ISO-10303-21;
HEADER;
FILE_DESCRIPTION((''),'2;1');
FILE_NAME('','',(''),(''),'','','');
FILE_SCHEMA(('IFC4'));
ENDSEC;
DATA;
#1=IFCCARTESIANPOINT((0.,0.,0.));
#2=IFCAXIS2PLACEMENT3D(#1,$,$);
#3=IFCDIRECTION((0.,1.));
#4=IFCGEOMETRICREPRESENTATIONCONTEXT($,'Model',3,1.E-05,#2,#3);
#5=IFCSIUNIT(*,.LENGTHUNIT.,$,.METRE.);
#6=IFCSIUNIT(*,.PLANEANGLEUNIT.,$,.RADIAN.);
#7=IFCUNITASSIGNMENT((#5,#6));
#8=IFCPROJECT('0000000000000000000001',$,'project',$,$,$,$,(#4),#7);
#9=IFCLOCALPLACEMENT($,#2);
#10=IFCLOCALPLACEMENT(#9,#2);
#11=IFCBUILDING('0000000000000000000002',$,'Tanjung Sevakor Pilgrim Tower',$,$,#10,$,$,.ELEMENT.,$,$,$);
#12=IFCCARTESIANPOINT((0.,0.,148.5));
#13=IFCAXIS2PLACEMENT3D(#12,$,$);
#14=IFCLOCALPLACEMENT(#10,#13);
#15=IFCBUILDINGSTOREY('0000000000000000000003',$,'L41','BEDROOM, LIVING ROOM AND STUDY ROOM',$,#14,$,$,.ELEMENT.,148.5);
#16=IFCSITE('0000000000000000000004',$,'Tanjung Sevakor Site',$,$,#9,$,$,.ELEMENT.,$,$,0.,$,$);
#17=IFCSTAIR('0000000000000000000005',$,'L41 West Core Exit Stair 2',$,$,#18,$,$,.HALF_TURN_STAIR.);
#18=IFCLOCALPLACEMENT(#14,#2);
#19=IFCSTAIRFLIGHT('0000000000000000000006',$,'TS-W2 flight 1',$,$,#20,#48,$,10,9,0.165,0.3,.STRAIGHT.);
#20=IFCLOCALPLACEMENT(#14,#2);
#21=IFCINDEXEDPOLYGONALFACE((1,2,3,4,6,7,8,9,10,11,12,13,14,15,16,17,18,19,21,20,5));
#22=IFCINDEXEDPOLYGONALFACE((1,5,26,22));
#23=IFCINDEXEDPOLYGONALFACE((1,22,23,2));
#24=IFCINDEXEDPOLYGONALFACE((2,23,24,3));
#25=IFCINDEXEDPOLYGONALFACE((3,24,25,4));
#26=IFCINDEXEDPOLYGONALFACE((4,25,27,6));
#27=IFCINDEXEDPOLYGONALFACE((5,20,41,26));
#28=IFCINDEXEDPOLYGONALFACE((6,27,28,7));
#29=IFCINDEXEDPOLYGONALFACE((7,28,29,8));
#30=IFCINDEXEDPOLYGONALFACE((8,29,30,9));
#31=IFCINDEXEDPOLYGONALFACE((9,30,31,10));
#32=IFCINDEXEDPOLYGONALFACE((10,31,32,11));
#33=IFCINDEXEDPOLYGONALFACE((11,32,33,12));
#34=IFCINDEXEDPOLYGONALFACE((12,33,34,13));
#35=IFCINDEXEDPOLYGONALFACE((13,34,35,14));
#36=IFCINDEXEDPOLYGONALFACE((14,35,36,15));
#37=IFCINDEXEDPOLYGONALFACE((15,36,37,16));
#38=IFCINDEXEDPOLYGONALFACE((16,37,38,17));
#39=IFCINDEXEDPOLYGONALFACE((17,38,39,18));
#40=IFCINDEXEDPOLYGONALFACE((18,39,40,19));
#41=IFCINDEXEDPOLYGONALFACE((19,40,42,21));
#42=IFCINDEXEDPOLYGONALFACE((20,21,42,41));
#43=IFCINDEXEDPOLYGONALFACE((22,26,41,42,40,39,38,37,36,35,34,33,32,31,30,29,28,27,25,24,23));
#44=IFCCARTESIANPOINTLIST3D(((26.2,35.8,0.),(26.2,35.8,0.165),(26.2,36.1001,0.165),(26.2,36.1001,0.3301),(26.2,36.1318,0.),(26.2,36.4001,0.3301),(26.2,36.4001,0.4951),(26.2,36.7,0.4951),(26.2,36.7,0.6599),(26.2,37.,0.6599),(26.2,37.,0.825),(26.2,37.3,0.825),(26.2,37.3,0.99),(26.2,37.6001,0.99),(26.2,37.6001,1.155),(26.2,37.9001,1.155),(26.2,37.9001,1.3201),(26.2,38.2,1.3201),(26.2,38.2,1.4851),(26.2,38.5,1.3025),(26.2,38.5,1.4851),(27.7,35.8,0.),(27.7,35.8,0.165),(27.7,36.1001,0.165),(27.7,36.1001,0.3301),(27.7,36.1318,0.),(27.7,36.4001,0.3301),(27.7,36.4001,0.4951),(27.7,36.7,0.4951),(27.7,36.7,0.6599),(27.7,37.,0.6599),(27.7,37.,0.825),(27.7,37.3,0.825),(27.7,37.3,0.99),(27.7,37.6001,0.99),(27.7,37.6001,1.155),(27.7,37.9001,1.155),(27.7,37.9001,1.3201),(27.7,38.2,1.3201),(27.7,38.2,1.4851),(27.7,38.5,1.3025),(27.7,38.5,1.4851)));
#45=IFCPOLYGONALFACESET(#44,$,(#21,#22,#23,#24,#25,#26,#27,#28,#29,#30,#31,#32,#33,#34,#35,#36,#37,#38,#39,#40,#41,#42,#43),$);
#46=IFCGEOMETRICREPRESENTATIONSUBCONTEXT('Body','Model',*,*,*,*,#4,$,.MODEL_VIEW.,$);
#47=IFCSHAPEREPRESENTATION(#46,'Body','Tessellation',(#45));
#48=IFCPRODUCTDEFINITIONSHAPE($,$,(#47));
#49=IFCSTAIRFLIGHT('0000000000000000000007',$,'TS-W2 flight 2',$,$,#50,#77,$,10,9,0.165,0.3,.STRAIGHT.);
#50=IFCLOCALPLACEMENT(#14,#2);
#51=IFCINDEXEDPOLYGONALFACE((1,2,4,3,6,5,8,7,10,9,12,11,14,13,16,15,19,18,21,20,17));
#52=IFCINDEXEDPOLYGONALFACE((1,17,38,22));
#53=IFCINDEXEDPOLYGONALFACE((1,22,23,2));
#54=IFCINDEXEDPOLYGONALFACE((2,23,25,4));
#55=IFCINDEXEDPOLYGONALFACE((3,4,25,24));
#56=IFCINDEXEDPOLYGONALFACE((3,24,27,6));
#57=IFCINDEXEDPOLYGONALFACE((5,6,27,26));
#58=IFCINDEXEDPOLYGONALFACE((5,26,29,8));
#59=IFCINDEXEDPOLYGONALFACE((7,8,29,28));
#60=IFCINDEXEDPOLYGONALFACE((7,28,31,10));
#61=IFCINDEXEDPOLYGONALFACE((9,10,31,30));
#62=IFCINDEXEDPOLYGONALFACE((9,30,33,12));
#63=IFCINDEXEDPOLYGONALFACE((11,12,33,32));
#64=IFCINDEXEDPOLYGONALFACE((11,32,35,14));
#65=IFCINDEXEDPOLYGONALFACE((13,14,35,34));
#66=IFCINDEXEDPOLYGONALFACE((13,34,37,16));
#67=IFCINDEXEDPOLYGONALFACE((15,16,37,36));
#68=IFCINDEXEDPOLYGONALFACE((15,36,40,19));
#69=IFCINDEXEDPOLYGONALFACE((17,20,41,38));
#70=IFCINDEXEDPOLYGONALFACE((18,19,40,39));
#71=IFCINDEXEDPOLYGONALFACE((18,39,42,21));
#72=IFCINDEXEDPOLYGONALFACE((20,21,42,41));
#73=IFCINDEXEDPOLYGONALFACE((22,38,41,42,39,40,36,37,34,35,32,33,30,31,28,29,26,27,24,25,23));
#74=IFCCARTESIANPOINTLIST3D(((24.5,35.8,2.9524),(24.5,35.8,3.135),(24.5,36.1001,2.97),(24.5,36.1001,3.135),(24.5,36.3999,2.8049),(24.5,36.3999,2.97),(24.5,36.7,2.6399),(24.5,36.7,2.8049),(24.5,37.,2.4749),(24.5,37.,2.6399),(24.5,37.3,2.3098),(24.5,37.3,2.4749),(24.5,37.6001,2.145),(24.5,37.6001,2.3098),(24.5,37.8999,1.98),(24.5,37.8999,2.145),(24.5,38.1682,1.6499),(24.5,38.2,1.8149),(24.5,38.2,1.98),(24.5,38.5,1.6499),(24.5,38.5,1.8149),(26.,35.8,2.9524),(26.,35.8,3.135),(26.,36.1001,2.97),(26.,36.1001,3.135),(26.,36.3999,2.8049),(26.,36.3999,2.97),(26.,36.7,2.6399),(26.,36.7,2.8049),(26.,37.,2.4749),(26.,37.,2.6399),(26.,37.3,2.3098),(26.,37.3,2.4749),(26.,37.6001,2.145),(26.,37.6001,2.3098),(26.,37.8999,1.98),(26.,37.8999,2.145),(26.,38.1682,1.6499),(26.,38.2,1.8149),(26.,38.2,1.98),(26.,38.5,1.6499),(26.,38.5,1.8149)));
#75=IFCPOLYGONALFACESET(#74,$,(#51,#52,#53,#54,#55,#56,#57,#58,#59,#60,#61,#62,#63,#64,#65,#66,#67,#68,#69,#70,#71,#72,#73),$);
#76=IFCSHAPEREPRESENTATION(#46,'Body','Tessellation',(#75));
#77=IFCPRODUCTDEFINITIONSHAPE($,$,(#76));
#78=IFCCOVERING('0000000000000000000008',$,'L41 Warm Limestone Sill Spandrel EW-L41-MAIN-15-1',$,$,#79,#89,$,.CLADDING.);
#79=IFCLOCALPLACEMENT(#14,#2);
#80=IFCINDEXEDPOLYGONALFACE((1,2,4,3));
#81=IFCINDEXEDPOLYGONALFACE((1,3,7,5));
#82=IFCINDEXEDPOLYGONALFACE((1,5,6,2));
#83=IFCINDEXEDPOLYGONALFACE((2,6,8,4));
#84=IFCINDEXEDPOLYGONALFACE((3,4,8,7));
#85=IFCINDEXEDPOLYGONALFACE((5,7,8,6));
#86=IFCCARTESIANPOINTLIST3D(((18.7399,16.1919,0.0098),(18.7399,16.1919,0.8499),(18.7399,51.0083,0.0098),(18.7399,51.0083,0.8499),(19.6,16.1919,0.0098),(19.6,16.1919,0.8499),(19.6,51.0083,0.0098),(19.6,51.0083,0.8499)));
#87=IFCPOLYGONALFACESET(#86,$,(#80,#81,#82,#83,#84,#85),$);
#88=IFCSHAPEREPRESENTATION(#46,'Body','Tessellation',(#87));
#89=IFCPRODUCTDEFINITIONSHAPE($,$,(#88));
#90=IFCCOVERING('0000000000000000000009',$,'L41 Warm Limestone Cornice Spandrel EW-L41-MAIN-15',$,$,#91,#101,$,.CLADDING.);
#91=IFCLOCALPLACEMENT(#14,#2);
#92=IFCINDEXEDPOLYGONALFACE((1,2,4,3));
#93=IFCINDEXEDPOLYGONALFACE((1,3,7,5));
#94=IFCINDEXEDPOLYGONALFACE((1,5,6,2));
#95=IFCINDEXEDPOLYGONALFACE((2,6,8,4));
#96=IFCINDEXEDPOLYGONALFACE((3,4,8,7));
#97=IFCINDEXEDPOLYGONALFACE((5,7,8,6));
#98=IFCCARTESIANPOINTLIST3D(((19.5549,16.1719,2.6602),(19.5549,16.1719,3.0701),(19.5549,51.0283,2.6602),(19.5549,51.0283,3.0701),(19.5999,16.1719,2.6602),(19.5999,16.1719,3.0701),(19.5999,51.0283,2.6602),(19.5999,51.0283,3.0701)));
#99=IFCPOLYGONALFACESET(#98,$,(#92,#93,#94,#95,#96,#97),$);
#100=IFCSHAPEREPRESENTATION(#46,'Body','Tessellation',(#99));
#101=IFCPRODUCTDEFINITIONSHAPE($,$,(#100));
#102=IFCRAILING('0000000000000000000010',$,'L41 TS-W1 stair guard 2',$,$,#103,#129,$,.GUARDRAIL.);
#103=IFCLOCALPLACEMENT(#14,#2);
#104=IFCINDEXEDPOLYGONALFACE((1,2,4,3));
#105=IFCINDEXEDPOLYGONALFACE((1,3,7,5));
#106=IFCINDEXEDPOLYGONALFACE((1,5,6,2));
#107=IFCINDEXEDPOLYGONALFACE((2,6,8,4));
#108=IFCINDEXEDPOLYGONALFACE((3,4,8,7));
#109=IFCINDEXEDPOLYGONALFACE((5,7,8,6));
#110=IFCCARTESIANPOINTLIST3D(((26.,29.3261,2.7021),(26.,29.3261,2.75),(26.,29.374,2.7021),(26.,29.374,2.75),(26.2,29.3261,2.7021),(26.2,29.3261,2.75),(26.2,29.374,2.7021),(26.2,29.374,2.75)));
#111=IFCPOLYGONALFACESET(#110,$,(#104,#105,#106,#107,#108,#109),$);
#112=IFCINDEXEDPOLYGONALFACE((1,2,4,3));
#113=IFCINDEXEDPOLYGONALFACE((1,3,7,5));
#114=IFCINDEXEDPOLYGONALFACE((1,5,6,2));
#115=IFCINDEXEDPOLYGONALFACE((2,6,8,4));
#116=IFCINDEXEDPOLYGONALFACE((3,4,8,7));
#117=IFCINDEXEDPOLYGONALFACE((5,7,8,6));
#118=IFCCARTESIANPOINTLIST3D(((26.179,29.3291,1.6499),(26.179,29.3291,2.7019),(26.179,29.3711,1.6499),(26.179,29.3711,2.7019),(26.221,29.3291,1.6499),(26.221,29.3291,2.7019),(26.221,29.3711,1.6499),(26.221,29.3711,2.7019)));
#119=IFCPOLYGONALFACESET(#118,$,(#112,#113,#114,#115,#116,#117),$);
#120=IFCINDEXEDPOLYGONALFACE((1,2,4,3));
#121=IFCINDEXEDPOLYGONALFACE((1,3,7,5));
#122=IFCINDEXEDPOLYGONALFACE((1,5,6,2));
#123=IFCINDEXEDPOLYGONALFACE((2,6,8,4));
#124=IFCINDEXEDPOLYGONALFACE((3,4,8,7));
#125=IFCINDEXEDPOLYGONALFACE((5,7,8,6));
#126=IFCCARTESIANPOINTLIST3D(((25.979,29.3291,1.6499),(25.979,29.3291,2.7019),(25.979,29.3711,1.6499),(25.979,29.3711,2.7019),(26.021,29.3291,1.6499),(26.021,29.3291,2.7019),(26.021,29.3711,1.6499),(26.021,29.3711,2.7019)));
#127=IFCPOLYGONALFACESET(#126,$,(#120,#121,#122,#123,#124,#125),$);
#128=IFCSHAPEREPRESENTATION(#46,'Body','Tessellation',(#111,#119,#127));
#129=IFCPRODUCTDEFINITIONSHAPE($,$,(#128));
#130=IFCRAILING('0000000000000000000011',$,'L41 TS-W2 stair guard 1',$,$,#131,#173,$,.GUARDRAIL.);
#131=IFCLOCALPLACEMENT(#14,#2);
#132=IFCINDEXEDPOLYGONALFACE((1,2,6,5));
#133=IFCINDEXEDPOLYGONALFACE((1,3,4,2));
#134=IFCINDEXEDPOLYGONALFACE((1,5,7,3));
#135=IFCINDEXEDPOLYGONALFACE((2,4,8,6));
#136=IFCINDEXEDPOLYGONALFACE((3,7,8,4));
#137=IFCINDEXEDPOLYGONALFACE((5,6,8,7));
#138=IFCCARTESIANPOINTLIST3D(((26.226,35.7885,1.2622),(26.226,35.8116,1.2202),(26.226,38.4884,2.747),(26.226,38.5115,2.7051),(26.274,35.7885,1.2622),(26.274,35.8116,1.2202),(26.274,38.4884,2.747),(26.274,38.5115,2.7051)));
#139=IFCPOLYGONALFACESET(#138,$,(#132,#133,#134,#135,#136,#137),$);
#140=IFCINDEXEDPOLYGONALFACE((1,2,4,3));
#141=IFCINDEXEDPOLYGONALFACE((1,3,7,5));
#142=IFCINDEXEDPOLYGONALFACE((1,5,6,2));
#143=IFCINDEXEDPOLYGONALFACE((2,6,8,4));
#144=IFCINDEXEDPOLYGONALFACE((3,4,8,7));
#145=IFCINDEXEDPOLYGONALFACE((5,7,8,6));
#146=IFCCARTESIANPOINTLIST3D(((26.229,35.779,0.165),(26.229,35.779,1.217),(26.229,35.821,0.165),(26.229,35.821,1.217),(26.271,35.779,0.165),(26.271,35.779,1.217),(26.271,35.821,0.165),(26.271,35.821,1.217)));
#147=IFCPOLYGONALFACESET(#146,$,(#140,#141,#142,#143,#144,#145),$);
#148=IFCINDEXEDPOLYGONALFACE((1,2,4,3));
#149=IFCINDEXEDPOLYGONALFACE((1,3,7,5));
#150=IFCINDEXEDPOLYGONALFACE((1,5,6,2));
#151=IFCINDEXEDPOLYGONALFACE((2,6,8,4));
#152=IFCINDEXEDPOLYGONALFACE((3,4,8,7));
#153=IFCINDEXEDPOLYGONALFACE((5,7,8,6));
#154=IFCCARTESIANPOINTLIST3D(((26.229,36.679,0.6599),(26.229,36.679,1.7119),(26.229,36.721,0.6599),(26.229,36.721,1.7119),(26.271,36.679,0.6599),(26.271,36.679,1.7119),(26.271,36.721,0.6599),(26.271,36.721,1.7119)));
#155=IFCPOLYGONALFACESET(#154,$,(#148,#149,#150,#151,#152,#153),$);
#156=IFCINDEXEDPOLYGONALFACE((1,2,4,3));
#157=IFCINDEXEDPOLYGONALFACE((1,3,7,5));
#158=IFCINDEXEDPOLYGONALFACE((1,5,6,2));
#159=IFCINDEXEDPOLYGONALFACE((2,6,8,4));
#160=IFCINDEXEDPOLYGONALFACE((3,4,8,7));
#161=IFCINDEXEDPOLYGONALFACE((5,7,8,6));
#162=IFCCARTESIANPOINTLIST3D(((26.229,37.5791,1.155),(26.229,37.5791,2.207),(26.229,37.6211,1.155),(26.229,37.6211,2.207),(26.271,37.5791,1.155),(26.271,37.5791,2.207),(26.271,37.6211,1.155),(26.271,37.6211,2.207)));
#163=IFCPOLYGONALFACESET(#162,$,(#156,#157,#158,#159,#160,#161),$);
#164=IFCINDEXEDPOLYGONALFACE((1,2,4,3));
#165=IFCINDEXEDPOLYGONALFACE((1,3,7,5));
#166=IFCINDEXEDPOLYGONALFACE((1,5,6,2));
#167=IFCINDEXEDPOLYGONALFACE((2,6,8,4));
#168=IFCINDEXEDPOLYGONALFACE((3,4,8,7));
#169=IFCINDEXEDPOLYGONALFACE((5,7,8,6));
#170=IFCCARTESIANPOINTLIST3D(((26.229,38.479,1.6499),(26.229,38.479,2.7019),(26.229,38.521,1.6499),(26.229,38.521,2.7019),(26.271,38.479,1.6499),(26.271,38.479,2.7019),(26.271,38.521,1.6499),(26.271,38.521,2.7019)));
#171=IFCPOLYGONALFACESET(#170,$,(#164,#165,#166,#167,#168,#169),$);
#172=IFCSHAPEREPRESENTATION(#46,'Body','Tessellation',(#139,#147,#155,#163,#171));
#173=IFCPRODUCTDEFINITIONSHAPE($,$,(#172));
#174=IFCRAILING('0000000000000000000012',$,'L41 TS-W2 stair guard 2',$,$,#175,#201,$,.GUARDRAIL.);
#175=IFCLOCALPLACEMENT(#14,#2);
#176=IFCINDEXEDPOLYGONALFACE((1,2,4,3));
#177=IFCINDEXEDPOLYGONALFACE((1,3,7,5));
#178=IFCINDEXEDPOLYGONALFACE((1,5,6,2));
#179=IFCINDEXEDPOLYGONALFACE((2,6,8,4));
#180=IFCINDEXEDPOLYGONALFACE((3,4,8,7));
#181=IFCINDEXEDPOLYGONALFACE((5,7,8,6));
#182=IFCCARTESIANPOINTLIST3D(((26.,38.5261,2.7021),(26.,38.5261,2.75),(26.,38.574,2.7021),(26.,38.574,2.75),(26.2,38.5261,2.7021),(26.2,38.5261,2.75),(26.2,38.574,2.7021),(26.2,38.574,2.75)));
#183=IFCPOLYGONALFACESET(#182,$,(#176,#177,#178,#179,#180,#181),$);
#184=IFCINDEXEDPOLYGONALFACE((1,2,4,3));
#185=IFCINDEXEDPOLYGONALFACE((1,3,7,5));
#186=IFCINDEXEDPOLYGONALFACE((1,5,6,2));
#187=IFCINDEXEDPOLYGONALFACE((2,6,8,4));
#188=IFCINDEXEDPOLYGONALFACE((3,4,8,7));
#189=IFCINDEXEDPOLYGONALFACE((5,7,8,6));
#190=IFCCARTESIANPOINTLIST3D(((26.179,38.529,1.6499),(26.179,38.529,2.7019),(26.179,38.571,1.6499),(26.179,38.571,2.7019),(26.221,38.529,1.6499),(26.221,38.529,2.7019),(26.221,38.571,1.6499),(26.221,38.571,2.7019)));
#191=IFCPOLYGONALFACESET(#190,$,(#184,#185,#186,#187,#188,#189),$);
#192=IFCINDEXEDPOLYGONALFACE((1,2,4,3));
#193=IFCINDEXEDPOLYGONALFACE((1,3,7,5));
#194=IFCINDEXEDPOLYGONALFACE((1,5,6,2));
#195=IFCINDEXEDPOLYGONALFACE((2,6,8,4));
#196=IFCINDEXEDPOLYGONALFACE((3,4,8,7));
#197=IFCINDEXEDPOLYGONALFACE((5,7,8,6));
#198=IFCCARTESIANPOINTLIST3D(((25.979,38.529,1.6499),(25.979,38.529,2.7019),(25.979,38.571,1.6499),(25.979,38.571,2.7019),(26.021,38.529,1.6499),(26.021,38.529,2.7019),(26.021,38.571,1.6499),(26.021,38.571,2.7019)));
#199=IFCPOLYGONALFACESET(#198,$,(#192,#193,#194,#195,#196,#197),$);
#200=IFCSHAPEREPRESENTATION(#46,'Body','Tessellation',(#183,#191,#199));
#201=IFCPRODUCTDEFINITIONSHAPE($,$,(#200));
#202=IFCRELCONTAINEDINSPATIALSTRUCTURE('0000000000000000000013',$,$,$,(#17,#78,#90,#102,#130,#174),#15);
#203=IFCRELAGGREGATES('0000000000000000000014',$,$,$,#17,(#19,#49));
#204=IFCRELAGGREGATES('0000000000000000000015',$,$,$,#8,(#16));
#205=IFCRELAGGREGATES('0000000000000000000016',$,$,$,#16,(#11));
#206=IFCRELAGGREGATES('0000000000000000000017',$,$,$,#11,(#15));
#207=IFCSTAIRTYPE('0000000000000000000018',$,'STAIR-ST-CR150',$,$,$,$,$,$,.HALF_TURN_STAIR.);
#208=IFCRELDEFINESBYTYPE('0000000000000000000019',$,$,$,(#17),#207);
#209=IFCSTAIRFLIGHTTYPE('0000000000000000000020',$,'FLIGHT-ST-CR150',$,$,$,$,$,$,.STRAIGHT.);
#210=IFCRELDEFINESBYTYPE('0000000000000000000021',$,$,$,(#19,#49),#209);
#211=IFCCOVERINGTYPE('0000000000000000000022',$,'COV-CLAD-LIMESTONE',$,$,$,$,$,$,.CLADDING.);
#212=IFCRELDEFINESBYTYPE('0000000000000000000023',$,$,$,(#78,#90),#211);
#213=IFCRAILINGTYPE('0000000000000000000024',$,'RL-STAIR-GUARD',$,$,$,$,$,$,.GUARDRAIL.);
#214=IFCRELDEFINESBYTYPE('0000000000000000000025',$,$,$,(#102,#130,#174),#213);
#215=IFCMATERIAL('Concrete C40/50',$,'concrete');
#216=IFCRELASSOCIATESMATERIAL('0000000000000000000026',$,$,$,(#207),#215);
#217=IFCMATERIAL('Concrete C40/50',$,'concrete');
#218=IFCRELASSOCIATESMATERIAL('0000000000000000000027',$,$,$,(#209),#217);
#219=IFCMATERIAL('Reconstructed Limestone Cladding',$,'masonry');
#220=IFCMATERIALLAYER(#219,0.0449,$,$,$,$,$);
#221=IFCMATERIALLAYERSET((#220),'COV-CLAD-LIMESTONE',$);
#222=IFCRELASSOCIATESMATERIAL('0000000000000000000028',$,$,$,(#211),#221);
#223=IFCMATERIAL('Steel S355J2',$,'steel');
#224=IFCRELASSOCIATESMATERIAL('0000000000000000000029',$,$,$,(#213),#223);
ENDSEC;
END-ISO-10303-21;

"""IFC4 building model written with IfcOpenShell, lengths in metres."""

from ifc_helpers import new_model, si_unit, direction, frame, origin, origin_2d, place, context, subcontext, project, spatial, polyline, rectangle, outline, extrude, material, layer, layer_set, type_object, element, aggregate, save


model = new_model("IFC4")

# Units and contexts
model_context = context("Model", 3, precision=1e-05, world=origin(), true_north=direction((0.0, 1.0)))
body_context = subcontext(model_context, "Body", "Model", "MODEL_VIEW")
ifc_project = project(units=[si_unit("LENGTHUNIT", "METRE"), si_unit("PLANEANGLEUNIT", "RADIAN")], contexts=[model_context])

# Site, building, storey
site_placement = place(None, origin())
site = spatial("IfcSite", under=ifc_project, at=site_placement, Name="Tanjung Sevakor Site", CompositionType="ELEMENT", RefElevation=0.0)
building_placement = place(site_placement, origin())
building = spatial("IfcBuilding", under=site, at=building_placement, Name="Tanjung Sevakor Pilgrim Tower", CompositionType="ELEMENT")
storey_placement = place(building_placement, frame((0.0, 0.0, 148.5)))
storey = spatial("IfcBuildingStorey", under=building, at=storey_placement, Name="L41", Description="BEDROOM, LIVING ROOM AND STUDY ROOM", CompositionType="ELEMENT", Elevation=148.5)

# Stair, stair flights
ifc_material_1 = material(Name="Concrete C40/50", Category="concrete")
stair_type = type_object("IfcStairType", Name="STAIR-ST-CR150", PredefinedType="HALF_TURN_STAIR", material=ifc_material_1)
stair_placement = place(storey_placement, origin())
stair = element("IfcStair", 1, at=stair_placement, inside=storey, type_object=stair_type, Name="L41 West Core Exit Stair 2", PredefinedType="HALF_TURN_STAIR")
ifc_material_2 = material(Name="Concrete C40/50", Category="concrete")
stair_flight_type = type_object("IfcStairFlightType", Name="FLIGHT-ST-CR150", PredefinedType="STRAIGHT", material=ifc_material_2)
stair_flight_1_placement = place(storey_placement, frame((26.95, 35.8, 0.0), z_axis=(0.0, 0.0, 1.0), x_axis=(0.0, 1.0, 0.0)))
stair_flight_1 = element("IfcStairFlight", 2, at=stair_flight_1_placement, type_object=stair_flight_type, Name="TS-W2 flight 1", NumberOfRisers=10, NumberOfTreads=9, PredefinedType="STRAIGHT", RiserHeight=0.165, TreadLength=0.3, context=body_context, shape_type="SweptSolid", body=[
    extrude(outline(polyline([(0.0, 0.0), (0.0, 0.165), (0.3, 0.165), (0.3, 0.3301), (0.6001, 0.3301), (0.6001, 0.4951), (0.8999, 0.4951), (0.8999, 0.6599), (1.2, 0.6599), (1.2, 0.825), (1.5, 0.825), (1.5, 0.99), (1.8, 0.99), (1.8, 1.155), (2.1001, 1.155), (2.1001, 1.3201), (2.3999, 1.3201), (2.3999, 1.4851), (2.7, 1.4851), (2.7, 1.6499), (2.7, 1.3025), (0.3318, 0.0), (0.0, 0.0)])), frame((0.0, 0.75, 0.0), z_axis=(0.0, -1.0, 0.0), x_axis=(1.0, 0.0, 0.0)), (0.0, 0.0, 1.0), 1.5),
])
stair_flight_2_placement = place(storey_placement, frame((25.25, 38.5, 1.6499), z_axis=(0.0, 0.0, 1.0), x_axis=(0.0, -1.0, 0.0)))
stair_flight_2 = element("IfcStairFlight", 3, at=stair_flight_2_placement, type_object=stair_flight_type, Name="TS-W2 flight 2", NumberOfRisers=10, NumberOfTreads=9, PredefinedType="STRAIGHT", RiserHeight=0.165, TreadLength=0.3, context=body_context, shape_type="SweptSolid", body=[
    extrude(outline(polyline([(0.0, 0.0), (0.0, 0.165), (0.3, 0.165), (0.3, 0.3301), (0.6001, 0.3301), (0.6001, 0.4951), (0.8999, 0.4951), (0.8999, 0.6599), (1.2, 0.6599), (1.2, 0.825), (1.5, 0.825), (1.5, 0.99), (1.8, 0.99), (1.8, 1.155), (2.1001, 1.155), (2.1001, 1.3201), (2.3999, 1.3201), (2.3999, 1.4851), (2.7, 1.4851), (2.7, 1.6499), (2.7, 1.3025), (0.3318, 0.0), (0.0, 0.0)])), frame((0.0, 0.75, 0.0), z_axis=(0.0, -1.0, 0.0), x_axis=(1.0, 0.0, 0.0)), (0.0, 0.0, 1.0), 1.5),
])
aggregate(stair, [stair_flight_1, stair_flight_2])

# Coverings
ifc_material_3 = material(Name="Reconstructed Limestone Cladding", Category="masonry")
ifc_layer_1 = layer(ifc_material_3, 0.0449)
ifc_layer_set_1 = layer_set([ifc_layer_1], Name="COV-CLAD-LIMESTONE")
covering_type = type_object("IfcCoveringType", Name="COV-CLAD-LIMESTONE", PredefinedType="CLADDING", material=ifc_layer_set_1)
covering_1_placement = place(storey_placement, frame((19.1699, 33.6001, 0.0098), z_axis=(0.0, 0.0, 1.0), x_axis=(0.0, -1.0, 0.0)))
element("IfcCovering", 4, at=covering_1_placement, inside=storey, type_object=covering_type, Name="L41 Warm Limestone Sill Spandrel EW-L41-MAIN-15-1", PredefinedType="CLADDING", context=body_context, shape_type="SweptSolid", body=[
    extrude(rectangle(XDim=34.8164, YDim=0.8601, at=origin_2d()), origin(), (0.0, 0.0, 1.0), 0.8401),
])
covering_2_placement = place(storey_placement, frame((19.5774, 33.6001, 2.6602), z_axis=(0.0, 0.0, 1.0), x_axis=(0.0, -1.0, 0.0)))
element("IfcCovering", 5, at=covering_2_placement, inside=storey, type_object=covering_type, Name="L41 Warm Limestone Cornice Spandrel EW-L41-MAIN-15", PredefinedType="CLADDING", context=body_context, shape_type="SweptSolid", body=[
    extrude(rectangle(XDim=34.8564, YDim=0.0449, at=origin_2d()), origin(), (0.0, 0.0, 1.0), 0.4099),
])

# Railings
ifc_material_4 = material(Name="Steel S355J2", Category="steel")
railing_type_1 = type_object("IfcRailingType", Name="RL-STAIR-GUARD", PredefinedType="GUARDRAIL", material=ifc_material_4)
railing_1_placement = place(storey_placement, frame((26.2, 29.3501, 1.6499)))
element("IfcRailing", 6, at=railing_1_placement, inside=storey, type_object=railing_type_1, Name="L41 TS-W1 stair guard 2", PredefinedType="GUARDRAIL", context=body_context, shape_type="SweptSolid", body=[
    extrude(rectangle(XDim=0.0479, YDim=0.0479), frame((0.0, 0.0, 1.0762), z_axis=(-1.0, 0.0, 0.0), x_axis=(0.0, -1.0, 0.0)), (0.0, 0.0, 1.0), 0.2),
    extrude(rectangle(XDim=0.042, YDim=0.042), origin(), (0.0, 0.0, 1.0), 1.052),
    extrude(rectangle(XDim=0.042, YDim=0.042), frame((-0.2, 0.0, 0.0)), (0.0, 0.0, 1.0), 1.052),
])
railing_2_placement = place(storey_placement, frame((26.25, 35.8, 0.165)))
element("IfcRailing", 7, at=railing_2_placement, inside=storey, type_object=railing_type_1, Name="L41 TS-W2 stair guard 1", PredefinedType="GUARDRAIL", context=body_context, shape_type="SweptSolid", body=[
    extrude(rectangle(XDim=0.0479, YDim=0.0479), frame((0.0, 0.0, 1.0762), z_axis=(0.0, 0.876231, 0.481891), x_axis=(-1.0, 0.0, 0.0)), (0.0, 0.0, 1.0), 3.0813),
    extrude(rectangle(XDim=0.042, YDim=0.042), origin(), (0.0, 0.0, 1.0), 1.052),
    extrude(rectangle(XDim=0.042, YDim=0.042), frame((0.0, 0.8999, 0.4949)), (0.0, 0.0, 1.0), 1.052),
    extrude(rectangle(XDim=0.042, YDim=0.042), frame((0.0, 1.8, 0.99)), (0.0, 0.0, 1.0), 1.052),
    extrude(rectangle(XDim=0.042, YDim=0.042), frame((0.0, 2.7, 1.4849)), (0.0, 0.0, 1.0), 1.052),
])
railing_3_placement = place(storey_placement, frame((26.2, 38.55, 1.6499)))
element("IfcRailing", 8, at=railing_3_placement, inside=storey, type_object=railing_type_1, Name="L41 TS-W2 stair guard 2", PredefinedType="GUARDRAIL", context=body_context, shape_type="SweptSolid", body=[
    extrude(rectangle(XDim=0.0479, YDim=0.0479), frame((0.0, 0.0, 1.0762), z_axis=(-1.0, 0.0, 0.0), x_axis=(0.0, -1.0, 0.0)), (0.0, 0.0, 1.0), 0.2),
    extrude(rectangle(XDim=0.042, YDim=0.042), origin(), (0.0, 0.0, 1.0), 1.052),
    extrude(rectangle(XDim=0.042, YDim=0.042), frame((-0.2, 0.0, 0.0)), (0.0, 0.0, 1.0), 1.052),
])

save(model, "model.ifc")
